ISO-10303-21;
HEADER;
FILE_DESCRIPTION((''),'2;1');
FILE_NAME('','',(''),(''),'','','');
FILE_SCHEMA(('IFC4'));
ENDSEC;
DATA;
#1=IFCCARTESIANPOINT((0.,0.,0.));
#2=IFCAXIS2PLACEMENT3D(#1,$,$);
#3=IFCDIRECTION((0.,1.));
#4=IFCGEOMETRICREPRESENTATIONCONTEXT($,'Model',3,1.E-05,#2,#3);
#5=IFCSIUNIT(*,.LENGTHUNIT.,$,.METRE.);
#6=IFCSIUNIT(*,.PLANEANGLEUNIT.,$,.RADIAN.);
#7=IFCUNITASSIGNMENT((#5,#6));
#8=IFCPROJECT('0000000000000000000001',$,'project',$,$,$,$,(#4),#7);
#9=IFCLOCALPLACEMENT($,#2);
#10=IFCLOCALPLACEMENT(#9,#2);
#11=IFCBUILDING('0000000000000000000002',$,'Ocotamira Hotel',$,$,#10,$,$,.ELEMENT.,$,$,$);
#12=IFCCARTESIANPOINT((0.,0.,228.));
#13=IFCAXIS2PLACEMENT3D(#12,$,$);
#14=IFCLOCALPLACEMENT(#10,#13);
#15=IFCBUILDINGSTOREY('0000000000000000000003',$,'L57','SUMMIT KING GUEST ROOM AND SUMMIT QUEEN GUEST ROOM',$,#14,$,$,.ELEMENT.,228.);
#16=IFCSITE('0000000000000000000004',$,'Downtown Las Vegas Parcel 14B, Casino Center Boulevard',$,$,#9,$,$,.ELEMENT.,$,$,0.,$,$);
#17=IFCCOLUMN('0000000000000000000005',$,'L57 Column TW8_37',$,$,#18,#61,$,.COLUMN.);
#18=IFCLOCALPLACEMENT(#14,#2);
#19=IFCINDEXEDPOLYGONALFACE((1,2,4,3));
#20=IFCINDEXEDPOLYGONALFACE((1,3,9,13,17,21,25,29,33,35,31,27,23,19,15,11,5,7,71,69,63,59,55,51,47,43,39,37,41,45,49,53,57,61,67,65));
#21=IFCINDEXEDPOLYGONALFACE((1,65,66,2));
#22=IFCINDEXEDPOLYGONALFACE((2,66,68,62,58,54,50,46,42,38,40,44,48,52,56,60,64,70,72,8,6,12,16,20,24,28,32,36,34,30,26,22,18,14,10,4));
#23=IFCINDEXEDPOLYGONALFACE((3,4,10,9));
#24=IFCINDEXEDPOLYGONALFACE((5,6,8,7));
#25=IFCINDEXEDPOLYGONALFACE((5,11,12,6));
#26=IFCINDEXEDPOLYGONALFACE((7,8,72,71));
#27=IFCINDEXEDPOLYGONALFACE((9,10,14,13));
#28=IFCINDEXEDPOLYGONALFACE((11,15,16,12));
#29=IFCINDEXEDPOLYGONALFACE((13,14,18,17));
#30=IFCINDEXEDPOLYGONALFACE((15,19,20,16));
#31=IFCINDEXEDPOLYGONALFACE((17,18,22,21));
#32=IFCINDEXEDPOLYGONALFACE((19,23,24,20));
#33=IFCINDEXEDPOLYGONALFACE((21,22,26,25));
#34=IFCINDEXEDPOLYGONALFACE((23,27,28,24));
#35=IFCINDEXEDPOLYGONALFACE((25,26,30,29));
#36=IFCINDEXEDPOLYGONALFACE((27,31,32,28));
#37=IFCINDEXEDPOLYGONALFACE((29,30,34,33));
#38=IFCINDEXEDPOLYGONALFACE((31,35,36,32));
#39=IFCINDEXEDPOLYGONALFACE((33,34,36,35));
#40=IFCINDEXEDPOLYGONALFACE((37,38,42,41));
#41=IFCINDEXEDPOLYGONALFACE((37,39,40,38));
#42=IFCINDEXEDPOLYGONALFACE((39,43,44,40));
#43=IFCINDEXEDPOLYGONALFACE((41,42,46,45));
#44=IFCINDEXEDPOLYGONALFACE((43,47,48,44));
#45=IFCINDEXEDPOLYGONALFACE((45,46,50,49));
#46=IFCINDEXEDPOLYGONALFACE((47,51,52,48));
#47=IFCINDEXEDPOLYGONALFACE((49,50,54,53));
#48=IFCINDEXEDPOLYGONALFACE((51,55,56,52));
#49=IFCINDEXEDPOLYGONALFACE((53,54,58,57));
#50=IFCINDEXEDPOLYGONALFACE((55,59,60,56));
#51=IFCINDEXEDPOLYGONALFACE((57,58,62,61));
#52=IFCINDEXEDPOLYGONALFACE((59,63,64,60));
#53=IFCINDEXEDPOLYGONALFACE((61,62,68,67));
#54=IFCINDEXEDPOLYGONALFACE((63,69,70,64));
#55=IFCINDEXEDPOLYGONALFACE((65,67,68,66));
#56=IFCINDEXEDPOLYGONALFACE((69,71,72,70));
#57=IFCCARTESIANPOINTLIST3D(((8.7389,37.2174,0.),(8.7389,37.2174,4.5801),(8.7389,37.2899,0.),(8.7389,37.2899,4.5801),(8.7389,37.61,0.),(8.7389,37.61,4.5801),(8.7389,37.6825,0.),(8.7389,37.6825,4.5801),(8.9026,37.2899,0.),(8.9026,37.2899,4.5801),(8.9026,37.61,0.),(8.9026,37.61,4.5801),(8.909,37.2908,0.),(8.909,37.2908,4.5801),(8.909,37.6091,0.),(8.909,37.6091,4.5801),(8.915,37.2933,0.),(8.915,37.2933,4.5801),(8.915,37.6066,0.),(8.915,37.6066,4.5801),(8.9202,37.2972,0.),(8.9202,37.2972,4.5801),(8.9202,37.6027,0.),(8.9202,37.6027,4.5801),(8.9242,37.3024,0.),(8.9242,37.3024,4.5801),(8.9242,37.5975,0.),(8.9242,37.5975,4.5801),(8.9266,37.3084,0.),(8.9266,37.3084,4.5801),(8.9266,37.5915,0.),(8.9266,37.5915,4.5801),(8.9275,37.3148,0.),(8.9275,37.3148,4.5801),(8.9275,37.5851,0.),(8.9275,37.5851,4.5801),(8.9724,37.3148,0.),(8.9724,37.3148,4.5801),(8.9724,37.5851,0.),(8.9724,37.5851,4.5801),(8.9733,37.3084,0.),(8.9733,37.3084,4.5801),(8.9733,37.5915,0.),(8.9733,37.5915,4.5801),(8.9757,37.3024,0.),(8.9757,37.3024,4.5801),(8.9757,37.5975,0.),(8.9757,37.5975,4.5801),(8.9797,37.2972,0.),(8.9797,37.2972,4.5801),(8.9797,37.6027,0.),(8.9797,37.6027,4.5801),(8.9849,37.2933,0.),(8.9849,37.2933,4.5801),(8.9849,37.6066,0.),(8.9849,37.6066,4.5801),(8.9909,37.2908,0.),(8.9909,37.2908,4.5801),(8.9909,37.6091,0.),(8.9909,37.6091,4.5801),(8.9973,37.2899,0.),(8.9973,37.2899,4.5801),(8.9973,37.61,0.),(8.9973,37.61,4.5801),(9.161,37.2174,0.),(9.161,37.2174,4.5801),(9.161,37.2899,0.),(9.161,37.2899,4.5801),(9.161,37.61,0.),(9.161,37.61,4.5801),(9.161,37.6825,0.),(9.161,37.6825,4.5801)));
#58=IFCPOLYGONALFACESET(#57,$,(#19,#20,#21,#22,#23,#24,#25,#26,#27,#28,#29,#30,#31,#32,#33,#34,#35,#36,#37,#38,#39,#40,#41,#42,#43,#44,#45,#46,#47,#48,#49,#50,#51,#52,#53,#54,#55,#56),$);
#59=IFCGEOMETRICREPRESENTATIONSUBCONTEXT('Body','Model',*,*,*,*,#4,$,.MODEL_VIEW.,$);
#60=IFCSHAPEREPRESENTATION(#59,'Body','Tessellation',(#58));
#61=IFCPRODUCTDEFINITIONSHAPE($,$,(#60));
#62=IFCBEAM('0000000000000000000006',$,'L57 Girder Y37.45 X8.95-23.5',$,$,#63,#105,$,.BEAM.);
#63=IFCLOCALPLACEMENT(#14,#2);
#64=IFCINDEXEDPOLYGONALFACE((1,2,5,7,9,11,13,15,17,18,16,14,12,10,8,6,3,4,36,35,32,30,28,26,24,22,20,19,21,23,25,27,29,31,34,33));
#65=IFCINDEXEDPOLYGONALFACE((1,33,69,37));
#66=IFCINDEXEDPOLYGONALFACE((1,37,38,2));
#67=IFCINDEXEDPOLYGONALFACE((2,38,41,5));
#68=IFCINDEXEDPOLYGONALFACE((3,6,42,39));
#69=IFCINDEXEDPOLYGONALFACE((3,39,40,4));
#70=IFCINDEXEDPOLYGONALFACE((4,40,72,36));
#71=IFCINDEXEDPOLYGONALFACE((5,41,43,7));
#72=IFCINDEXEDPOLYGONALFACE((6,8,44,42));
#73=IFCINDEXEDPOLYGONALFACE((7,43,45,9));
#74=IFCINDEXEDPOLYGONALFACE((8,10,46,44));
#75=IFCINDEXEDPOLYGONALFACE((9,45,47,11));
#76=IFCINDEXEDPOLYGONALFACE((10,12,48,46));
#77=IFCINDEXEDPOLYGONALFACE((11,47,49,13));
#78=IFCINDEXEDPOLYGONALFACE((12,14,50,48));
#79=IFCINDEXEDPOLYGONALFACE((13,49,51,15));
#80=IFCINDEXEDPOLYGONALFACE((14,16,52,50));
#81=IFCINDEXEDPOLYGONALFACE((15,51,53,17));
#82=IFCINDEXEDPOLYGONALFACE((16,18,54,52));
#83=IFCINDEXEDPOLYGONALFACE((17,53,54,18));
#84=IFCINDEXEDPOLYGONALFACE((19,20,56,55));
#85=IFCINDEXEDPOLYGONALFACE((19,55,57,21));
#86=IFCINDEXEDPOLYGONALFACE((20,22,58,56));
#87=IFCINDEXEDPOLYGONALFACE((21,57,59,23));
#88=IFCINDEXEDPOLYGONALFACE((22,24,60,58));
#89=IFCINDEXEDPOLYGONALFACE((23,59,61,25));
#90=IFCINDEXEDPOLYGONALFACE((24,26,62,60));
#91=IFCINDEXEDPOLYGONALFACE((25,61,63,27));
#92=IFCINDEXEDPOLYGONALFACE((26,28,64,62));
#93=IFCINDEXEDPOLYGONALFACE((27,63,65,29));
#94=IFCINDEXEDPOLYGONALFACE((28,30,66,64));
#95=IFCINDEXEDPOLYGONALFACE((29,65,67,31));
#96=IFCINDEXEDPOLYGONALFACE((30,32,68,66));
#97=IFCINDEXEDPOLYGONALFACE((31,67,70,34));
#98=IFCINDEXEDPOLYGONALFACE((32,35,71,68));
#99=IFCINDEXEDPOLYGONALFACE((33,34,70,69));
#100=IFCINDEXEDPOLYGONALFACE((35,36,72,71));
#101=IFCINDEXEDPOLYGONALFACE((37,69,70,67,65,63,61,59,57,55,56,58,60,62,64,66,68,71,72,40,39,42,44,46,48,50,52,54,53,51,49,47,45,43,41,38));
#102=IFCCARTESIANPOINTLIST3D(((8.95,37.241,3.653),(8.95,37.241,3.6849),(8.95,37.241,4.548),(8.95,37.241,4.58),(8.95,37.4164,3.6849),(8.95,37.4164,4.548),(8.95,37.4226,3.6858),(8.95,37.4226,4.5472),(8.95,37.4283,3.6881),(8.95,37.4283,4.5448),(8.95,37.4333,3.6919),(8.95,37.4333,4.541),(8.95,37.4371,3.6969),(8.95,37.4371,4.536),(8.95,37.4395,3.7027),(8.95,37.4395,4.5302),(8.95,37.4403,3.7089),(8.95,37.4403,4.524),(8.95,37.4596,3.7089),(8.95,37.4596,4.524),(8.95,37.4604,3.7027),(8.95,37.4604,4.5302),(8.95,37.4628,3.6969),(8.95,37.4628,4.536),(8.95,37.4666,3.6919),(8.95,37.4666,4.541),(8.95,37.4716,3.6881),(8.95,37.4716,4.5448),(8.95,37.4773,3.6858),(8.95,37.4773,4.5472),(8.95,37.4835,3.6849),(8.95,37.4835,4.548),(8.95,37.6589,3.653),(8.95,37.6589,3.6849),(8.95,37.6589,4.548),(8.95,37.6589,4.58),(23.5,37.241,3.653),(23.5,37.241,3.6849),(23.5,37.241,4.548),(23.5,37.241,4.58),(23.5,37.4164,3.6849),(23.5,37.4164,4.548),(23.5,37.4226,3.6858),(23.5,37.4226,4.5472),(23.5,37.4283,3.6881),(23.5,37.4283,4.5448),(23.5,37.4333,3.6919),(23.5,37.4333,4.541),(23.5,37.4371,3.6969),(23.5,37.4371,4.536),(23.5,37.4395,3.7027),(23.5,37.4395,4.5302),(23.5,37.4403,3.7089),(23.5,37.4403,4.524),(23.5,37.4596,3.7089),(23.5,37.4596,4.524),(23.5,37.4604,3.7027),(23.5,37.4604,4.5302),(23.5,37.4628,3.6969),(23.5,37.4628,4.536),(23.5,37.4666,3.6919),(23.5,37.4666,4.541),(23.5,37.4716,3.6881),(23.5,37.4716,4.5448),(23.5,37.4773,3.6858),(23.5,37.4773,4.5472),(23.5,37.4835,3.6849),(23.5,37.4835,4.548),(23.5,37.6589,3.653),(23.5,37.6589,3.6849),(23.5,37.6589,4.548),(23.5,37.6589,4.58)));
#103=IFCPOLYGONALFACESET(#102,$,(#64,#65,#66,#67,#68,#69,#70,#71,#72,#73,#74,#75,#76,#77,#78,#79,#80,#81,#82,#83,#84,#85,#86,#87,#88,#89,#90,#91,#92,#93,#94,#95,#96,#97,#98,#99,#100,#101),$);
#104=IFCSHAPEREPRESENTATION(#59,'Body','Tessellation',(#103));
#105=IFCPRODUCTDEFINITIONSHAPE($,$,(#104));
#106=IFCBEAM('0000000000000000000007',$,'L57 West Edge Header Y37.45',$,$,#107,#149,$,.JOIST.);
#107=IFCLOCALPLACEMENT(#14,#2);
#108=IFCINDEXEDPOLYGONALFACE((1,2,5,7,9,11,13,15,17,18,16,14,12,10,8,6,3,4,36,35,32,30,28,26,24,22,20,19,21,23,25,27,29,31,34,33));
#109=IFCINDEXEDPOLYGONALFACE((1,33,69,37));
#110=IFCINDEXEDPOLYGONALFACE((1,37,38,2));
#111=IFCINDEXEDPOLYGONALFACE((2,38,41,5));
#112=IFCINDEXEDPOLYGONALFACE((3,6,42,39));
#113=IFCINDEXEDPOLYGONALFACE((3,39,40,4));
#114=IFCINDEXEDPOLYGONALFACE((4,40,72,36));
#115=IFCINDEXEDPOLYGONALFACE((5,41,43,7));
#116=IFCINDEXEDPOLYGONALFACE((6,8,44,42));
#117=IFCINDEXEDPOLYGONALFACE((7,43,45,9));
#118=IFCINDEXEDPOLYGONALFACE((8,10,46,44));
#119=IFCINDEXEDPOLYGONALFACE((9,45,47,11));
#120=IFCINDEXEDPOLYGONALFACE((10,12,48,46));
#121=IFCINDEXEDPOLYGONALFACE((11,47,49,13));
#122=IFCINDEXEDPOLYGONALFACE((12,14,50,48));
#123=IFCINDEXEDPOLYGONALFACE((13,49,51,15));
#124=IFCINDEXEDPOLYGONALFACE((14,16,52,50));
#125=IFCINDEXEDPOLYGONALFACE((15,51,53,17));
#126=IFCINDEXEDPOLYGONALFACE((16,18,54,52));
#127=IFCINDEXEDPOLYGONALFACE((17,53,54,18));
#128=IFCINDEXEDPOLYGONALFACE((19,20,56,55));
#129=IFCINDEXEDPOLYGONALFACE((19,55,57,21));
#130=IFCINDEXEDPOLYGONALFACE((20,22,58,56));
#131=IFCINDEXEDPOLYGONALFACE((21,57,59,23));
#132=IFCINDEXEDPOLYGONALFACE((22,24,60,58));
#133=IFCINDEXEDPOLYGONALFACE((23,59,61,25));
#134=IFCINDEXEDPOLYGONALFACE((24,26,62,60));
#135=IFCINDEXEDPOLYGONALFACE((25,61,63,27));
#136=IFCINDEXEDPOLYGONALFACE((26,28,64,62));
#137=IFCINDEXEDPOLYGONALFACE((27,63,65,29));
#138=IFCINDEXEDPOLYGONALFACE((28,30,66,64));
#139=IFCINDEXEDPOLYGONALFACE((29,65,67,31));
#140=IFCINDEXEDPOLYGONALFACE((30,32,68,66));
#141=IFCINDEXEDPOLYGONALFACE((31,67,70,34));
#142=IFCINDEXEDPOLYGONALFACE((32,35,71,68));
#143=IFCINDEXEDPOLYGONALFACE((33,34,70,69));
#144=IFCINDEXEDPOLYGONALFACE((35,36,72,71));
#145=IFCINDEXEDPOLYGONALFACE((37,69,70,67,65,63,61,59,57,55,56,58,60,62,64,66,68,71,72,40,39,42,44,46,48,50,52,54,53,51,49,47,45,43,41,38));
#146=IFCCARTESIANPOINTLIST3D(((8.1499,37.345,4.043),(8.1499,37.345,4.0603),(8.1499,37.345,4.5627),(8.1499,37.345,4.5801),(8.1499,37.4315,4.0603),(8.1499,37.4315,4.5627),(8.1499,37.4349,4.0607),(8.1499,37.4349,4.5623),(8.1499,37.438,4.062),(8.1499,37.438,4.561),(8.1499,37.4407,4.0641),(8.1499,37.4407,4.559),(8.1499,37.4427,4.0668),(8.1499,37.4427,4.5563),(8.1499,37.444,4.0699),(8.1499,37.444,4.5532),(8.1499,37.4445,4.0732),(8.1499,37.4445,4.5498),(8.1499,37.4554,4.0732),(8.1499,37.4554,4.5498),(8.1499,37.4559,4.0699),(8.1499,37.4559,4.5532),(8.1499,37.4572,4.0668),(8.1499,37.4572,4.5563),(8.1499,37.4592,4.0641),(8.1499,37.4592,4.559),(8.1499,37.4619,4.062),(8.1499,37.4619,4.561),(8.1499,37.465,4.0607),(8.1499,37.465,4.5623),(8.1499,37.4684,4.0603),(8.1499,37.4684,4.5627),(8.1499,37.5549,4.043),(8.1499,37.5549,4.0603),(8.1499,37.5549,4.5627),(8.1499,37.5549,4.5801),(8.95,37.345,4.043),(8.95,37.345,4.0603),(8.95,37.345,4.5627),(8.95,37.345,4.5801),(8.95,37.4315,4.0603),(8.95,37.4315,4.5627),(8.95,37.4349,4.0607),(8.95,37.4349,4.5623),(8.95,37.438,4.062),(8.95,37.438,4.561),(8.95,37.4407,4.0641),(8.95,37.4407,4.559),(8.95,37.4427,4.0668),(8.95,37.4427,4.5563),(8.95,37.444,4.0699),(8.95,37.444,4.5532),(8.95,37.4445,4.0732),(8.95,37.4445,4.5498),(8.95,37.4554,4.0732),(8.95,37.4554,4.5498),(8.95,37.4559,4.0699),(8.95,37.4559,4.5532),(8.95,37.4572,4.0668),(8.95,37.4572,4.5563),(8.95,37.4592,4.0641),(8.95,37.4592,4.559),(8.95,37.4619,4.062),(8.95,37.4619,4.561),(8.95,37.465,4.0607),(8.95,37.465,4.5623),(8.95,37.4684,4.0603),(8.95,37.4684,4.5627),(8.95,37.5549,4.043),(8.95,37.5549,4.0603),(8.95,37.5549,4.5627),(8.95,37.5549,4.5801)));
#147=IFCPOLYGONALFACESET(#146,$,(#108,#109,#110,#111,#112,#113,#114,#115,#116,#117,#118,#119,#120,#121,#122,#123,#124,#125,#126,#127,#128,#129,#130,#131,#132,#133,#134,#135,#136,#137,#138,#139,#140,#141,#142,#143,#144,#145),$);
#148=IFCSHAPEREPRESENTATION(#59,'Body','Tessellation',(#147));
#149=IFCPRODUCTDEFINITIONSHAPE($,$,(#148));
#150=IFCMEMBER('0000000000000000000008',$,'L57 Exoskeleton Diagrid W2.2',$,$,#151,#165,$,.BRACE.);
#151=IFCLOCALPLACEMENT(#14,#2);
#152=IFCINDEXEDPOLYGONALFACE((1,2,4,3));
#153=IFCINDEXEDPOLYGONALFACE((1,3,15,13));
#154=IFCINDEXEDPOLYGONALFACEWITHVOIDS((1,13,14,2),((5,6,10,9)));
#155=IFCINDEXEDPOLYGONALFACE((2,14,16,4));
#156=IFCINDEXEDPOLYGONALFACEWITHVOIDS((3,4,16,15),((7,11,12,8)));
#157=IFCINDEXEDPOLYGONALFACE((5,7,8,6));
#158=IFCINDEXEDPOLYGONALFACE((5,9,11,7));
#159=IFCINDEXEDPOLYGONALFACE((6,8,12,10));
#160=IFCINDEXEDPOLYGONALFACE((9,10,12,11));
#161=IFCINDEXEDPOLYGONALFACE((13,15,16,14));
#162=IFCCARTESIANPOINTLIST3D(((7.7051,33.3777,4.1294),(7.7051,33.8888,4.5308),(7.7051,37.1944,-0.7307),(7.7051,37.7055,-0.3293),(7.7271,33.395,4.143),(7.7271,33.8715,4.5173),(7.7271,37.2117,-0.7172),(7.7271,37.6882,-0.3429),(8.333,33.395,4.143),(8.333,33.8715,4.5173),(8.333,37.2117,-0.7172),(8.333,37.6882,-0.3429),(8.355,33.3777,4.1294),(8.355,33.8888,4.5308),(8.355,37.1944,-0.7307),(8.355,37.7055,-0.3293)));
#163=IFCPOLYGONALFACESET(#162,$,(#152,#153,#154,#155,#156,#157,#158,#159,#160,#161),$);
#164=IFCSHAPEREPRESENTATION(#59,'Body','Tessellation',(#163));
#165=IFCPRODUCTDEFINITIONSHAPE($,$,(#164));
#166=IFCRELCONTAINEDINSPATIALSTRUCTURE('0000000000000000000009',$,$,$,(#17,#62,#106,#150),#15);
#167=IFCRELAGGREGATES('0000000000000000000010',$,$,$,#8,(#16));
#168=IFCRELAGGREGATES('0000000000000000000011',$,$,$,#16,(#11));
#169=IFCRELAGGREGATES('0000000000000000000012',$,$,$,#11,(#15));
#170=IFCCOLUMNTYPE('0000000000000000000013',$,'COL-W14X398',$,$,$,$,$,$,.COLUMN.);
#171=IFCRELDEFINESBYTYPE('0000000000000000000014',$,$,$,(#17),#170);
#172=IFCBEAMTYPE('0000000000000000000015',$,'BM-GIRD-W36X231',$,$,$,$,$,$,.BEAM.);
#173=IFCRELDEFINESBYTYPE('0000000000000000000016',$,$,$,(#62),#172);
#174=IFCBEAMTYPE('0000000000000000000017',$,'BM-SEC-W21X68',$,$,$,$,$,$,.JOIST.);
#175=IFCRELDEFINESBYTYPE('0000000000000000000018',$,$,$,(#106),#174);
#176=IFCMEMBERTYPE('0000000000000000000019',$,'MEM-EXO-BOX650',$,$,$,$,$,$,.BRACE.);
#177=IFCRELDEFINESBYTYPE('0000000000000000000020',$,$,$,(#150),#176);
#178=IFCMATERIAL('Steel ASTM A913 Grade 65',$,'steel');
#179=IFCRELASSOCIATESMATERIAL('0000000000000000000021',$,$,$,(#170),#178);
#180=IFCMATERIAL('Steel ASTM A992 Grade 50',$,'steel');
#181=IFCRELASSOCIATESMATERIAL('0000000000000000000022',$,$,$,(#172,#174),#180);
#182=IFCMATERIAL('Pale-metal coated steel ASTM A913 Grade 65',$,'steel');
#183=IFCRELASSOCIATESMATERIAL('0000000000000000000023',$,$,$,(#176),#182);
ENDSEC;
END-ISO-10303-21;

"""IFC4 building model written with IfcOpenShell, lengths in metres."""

from ifc_helpers import new_model, si_unit, direction, frame, origin, origin_2d, place, context, subcontext, project, spatial, hollow_rectangle, i_section, extrude, source, transform, mapped, material, material_profile, profile_set, type_object, element, save


model = new_model("IFC4")

# Units and contexts
model_context = context("Model", 3, precision=1e-05, world=origin(), true_north=direction((0.0, 1.0)))
body_context = subcontext(model_context, "Body", "Model", "MODEL_VIEW")
ifc_project = project(units=[si_unit("LENGTHUNIT", "METRE"), si_unit("PLANEANGLEUNIT", "RADIAN")], contexts=[model_context])

# Site, building, storey
site_placement = place(None, origin())
site = spatial("IfcSite", under=ifc_project, at=site_placement, Name="Downtown Las Vegas Parcel 14B, Casino Center Boulevard", CompositionType="ELEMENT", RefElevation=0.0)
building_placement = place(site_placement, origin())
building = spatial("IfcBuilding", under=site, at=building_placement, Name="Ocotamira Hotel", CompositionType="ELEMENT")
storey_placement = place(building_placement, frame((0.0, 0.0, 228.0)))
storey = spatial("IfcBuildingStorey", under=building, at=storey_placement, Name="L57", Description="SUMMIT KING GUEST ROOM AND SUMMIT QUEEN GUEST ROOM", CompositionType="ELEMENT", Elevation=228.0)

# Column
ifc_material_1 = material(Name="Steel ASTM A913 Grade 65", Category="steel")
ifc_material_profile_1 = material_profile(ifc_material_1, i_section(OverallWidth=0.4221, OverallDepth=0.4651, WebThickness=0.0449, FlangeThickness=0.0725, FilletRadius=0.0249, at=origin_2d()), Name="W14X398")
ifc_profile_set_1 = profile_set([ifc_material_profile_1], Name="Steel ASTM A913 Grade 65")
column_type = type_object("IfcColumnType", Name="COL-W14X398", PredefinedType="COLUMN", material=ifc_profile_set_1)
shared_shape_1 = source(origin(), body_context, "Body", "SweptSolid", [
    extrude(i_section(OverallWidth=0.4221, OverallDepth=0.4651, WebThickness=0.0449, FlangeThickness=0.0725, FilletRadius=0.0249, at=origin_2d()), origin(), (0.0, 0.0, 1.0), 4.5801),
])
column_placement = place(storey_placement, frame((8.95, 37.45, 0.0), z_axis=(0.0, 0.0, 1.0), x_axis=(1.0, 0.0, 0.0)))
element("IfcColumn", 1, at=column_placement, inside=storey, type_object=column_type, Name="L57 Column TW8_37", PredefinedType="COLUMN", context=body_context, shape_type="MappedRepresentation", body=[
    mapped(shared_shape_1, transform((0.0, 0.0, 0.0), scale=1.0)),
])

# Beams
ifc_material_2 = material(Name="Steel ASTM A992 Grade 50", Category="steel")
ifc_material_profile_2 = material_profile(ifc_material_2, i_section(OverallWidth=0.418, OverallDepth=0.927, WebThickness=0.0193, FlangeThickness=0.032, FilletRadius=0.0239, at=origin_2d()), Name="W36X231")
ifc_profile_set_2 = profile_set([ifc_material_profile_2], Name="Steel ASTM A992 Grade 50")
beam_type_1 = type_object("IfcBeamType", Name="BM-GIRD-W36X231", PredefinedType="BEAM", material=ifc_profile_set_2)
shared_shape_2 = source(origin(), body_context, "Body", "SweptSolid", [
    extrude(i_section(OverallWidth=0.418, OverallDepth=0.927, WebThickness=0.0193, FlangeThickness=0.032, FilletRadius=0.0239, at=origin_2d()), origin(), (0.0, 0.0, 1.0), 14.55),
])
beam_1_placement = place(storey_placement, frame((8.95, 37.45, 4.1165), z_axis=(1.0, 0.0, 0.0), x_axis=(0.0, 1.0, 0.0)))
element("IfcBeam", 2, at=beam_1_placement, inside=storey, type_object=beam_type_1, Name="L57 Girder Y37.45 X8.95-23.5", PredefinedType="BEAM", context=body_context, shape_type="MappedRepresentation", body=[
    mapped(shared_shape_2, transform((0.0, 0.0, 0.0), scale=1.0)),
])
ifc_material_profile_3 = material_profile(ifc_material_2, i_section(OverallWidth=0.21, OverallDepth=0.5371, WebThickness=0.011, FlangeThickness=0.0173, FilletRadius=0.0129, at=origin_2d()), Name="W21X68")
ifc_profile_set_3 = profile_set([ifc_material_profile_3], Name="Steel ASTM A992 Grade 50")
beam_type_2 = type_object("IfcBeamType", Name="BM-SEC-W21X68", PredefinedType="JOIST", material=ifc_profile_set_3)
shared_shape_3 = source(origin(), body_context, "Body", "SweptSolid", [
    extrude(i_section(OverallWidth=0.21, OverallDepth=0.5371, WebThickness=0.011, FlangeThickness=0.0173, FilletRadius=0.0129, at=origin_2d()), origin(), (0.0, 0.0, 1.0), 0.8),
])
beam_2_placement = place(storey_placement, frame((8.95, 37.45, 4.3115), z_axis=(-1.0, 0.0, 0.0), x_axis=(0.0, -1.0, 0.0)))
element("IfcBeam", 3, at=beam_2_placement, inside=storey, type_object=beam_type_2, Name="L57 West Edge Header Y37.45", PredefinedType="JOIST", context=body_context, shape_type="MappedRepresentation", body=[
    mapped(shared_shape_3, transform((0.0, 0.0, 0.0), scale=1.0)),
])

# Member
ifc_material_3 = material(Name="Pale-metal coated steel ASTM A913 Grade 65", Category="steel")
ifc_material_profile_4 = material_profile(ifc_material_3, hollow_rectangle(XDim=0.6499, YDim=0.6499, WallThickness=0.022, at=origin_2d()), Name="BOX650X650X22")
ifc_profile_set_4 = profile_set([ifc_material_profile_4], Name="Pale-metal coated steel ASTM A913 Grade 65")
member_type_1 = type_object("IfcMemberType", Name="MEM-EXO-BOX650", PredefinedType="BRACE", material=ifc_profile_set_4)
shared_shape_4 = source(origin(), body_context, "Body", "SweptSolid", [
    extrude(hollow_rectangle(XDim=0.6499, YDim=0.6499, WallThickness=0.022, at=origin_2d()), origin(), (0.0, 0.0, 1.0), 6.1797),
])
member_1_placement = place(storey_placement, frame((8.03, 37.45, -0.53), z_axis=(0.0, -0.617621, 0.786476), x_axis=(1.0, 0.0, 0.0)))
element("IfcMember", 4, at=member_1_placement, inside=storey, type_object=member_type_1, Name="L57 Exoskeleton Diagrid W2.2", PredefinedType="BRACE", context=body_context, shape_type="MappedRepresentation", body=[
    mapped(shared_shape_4, transform((0.0, 0.0, 0.0), scale=1.0)),
])

save(model, "model.ifc")
